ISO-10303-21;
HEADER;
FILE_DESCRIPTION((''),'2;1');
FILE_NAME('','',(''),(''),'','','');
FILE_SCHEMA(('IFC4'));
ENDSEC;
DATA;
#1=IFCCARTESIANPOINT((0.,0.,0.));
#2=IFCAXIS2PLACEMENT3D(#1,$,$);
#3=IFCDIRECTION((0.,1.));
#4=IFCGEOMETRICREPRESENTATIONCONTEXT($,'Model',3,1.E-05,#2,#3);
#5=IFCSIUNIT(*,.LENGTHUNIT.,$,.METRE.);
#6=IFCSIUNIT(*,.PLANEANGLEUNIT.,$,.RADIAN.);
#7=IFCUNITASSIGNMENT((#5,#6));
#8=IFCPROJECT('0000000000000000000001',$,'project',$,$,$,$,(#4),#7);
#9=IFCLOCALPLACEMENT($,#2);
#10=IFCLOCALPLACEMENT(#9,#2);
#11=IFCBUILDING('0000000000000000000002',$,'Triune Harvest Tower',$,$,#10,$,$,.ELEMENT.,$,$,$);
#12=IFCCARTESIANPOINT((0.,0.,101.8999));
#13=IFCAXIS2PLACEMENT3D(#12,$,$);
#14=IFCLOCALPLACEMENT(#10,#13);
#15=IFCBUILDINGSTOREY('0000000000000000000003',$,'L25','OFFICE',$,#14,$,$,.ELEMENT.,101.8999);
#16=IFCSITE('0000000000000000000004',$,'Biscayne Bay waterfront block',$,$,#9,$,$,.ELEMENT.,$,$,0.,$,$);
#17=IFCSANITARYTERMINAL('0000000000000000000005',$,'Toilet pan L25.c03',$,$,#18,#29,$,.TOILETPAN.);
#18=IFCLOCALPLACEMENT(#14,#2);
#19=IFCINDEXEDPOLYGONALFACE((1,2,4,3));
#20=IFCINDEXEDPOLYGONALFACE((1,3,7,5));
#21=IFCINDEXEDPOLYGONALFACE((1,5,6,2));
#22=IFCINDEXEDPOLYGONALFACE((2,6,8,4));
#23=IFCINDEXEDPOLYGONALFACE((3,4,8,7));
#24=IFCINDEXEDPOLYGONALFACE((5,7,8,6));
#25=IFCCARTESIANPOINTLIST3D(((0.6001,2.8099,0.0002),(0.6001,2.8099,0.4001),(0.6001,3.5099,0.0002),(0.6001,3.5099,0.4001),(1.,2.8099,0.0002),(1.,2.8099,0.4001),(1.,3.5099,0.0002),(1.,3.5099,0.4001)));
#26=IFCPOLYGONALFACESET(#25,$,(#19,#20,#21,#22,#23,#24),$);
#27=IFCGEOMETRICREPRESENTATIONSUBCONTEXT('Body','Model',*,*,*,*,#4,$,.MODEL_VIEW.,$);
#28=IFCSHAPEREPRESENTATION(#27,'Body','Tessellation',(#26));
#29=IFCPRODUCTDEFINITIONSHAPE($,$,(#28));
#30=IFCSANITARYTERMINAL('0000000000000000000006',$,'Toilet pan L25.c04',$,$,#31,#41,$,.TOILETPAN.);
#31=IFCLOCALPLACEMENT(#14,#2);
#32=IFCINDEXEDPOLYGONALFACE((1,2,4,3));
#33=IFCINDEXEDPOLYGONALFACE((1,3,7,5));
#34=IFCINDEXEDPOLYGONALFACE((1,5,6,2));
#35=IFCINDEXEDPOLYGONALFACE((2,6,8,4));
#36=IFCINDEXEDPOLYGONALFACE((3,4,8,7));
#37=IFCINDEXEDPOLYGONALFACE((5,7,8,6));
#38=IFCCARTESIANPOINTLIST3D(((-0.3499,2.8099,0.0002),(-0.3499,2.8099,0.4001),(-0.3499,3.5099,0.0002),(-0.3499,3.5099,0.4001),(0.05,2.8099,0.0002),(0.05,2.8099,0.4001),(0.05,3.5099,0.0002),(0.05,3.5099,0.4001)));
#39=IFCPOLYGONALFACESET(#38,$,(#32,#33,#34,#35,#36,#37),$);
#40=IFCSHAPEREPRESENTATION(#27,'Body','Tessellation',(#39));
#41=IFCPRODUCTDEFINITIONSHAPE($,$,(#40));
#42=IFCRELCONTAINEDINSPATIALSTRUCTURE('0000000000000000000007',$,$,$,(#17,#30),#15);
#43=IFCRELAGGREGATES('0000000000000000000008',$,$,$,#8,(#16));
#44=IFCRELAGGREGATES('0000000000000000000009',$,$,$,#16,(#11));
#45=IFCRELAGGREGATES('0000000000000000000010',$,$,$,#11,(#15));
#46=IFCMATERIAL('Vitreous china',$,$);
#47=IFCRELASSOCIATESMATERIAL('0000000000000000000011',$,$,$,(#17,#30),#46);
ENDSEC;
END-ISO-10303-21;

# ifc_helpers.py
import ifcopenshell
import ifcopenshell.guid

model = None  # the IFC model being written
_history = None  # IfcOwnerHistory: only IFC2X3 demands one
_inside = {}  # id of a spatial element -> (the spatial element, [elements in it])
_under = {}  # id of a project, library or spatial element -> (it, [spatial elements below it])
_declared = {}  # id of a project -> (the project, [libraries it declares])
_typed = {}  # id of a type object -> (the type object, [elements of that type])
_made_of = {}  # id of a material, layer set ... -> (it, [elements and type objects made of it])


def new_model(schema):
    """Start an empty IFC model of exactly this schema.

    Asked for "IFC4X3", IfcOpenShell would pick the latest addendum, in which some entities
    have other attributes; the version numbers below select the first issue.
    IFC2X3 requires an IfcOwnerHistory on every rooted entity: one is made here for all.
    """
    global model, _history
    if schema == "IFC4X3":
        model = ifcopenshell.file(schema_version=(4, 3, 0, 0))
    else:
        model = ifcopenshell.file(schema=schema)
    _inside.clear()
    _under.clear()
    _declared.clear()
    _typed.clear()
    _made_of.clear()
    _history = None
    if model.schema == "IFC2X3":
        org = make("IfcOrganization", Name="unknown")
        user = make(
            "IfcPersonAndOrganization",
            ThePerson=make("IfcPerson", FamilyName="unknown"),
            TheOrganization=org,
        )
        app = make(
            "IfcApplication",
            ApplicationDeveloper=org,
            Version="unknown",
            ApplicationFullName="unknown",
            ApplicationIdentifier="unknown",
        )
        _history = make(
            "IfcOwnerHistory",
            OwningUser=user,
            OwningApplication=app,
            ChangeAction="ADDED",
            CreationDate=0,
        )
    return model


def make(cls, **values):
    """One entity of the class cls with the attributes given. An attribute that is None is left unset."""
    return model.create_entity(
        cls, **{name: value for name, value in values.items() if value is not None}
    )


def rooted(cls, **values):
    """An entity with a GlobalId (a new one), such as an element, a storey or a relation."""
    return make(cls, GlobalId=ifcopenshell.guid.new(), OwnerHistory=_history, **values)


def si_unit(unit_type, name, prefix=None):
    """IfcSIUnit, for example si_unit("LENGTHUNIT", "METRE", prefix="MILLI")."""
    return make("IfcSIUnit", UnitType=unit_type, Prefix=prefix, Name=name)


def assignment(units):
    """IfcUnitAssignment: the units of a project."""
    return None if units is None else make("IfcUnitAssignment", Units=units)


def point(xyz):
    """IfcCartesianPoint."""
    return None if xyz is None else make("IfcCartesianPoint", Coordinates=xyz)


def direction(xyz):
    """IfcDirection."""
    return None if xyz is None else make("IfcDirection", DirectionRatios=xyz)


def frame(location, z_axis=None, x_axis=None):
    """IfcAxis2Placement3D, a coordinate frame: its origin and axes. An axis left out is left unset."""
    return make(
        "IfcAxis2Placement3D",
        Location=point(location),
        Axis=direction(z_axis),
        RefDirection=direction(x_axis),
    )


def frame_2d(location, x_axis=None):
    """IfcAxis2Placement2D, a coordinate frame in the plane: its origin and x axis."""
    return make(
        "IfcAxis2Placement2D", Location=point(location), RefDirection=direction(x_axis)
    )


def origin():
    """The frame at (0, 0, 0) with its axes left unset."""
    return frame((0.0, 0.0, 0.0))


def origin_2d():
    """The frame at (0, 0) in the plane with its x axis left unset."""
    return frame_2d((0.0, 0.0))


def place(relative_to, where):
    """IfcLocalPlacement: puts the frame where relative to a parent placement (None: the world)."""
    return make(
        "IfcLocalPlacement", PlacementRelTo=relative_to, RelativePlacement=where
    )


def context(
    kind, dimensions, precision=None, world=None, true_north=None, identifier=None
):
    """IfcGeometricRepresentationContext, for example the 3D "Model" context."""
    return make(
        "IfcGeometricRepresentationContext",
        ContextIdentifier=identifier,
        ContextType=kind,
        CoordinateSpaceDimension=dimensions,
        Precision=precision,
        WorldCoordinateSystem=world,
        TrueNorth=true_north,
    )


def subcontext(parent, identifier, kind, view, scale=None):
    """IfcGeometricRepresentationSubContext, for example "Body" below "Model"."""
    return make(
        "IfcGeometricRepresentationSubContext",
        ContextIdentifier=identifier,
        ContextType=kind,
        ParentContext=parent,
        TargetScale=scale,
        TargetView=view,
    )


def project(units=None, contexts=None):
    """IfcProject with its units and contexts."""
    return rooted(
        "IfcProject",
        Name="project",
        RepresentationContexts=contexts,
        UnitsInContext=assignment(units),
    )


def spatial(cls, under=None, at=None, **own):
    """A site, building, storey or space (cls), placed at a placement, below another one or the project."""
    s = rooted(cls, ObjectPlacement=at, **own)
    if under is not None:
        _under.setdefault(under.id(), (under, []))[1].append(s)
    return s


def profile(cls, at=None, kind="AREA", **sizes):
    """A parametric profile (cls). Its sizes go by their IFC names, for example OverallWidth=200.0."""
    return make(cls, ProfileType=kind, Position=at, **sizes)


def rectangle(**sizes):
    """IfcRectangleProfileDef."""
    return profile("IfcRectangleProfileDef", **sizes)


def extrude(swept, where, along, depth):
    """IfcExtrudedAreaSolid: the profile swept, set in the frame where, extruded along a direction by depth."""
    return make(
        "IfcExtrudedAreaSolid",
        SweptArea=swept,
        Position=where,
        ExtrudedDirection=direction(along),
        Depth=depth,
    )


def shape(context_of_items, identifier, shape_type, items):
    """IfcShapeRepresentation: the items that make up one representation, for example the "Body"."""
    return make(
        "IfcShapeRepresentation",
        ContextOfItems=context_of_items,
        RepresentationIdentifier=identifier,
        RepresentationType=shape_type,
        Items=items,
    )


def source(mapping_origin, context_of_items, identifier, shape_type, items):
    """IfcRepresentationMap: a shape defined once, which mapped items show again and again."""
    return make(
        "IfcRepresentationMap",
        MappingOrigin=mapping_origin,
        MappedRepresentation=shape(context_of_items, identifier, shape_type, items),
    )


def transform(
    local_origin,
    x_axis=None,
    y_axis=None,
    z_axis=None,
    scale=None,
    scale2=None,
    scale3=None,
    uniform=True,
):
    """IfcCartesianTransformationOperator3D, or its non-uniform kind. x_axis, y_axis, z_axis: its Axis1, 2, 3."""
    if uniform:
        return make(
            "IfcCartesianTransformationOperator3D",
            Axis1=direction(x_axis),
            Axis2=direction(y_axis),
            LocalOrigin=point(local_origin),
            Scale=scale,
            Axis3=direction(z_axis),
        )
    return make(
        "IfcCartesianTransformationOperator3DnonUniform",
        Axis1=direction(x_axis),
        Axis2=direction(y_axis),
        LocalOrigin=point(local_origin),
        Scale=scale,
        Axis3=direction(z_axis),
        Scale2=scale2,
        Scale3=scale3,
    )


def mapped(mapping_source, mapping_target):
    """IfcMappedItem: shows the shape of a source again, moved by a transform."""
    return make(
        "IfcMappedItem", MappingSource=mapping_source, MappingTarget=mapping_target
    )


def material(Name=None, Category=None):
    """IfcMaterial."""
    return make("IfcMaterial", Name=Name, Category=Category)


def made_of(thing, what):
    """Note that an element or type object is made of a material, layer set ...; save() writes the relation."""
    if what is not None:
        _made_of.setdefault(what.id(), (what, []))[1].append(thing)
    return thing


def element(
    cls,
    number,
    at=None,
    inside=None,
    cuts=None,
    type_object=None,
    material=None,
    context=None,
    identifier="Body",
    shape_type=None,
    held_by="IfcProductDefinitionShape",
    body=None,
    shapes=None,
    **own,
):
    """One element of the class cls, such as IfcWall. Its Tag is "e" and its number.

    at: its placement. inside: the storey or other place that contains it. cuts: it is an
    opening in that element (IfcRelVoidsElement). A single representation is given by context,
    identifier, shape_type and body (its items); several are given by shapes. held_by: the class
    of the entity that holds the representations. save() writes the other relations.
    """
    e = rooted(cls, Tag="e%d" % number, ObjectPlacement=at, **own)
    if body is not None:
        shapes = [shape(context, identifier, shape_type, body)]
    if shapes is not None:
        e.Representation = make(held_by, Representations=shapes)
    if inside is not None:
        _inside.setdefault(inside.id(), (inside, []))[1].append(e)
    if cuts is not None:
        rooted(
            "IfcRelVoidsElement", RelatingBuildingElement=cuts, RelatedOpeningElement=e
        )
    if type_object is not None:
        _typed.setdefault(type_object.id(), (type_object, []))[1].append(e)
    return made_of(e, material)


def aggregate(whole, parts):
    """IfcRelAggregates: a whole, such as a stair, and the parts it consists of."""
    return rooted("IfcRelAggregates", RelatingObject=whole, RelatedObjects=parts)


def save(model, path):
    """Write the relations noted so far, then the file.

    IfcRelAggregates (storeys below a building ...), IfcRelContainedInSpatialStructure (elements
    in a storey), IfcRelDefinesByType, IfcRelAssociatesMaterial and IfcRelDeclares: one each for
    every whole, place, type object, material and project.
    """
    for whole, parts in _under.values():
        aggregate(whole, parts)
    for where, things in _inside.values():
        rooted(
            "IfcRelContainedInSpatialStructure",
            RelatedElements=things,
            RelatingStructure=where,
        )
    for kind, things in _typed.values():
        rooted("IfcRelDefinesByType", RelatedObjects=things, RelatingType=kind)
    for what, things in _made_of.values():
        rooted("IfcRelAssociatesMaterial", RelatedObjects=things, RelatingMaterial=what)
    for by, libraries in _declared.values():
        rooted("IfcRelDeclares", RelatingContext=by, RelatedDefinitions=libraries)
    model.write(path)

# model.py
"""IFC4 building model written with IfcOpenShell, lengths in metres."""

from ifc_helpers import new_model, si_unit, direction, frame, origin, origin_2d, place, context, subcontext, project, spatial, rectangle, extrude, source, transform, mapped, material, element, save


model = new_model("IFC4")

# Units and contexts
model_context = context("Model", 3, precision=1e-05, world=origin(), true_north=direction((0.0, 1.0)))
body_context = subcontext(model_context, "Body", "Model", "MODEL_VIEW")
ifc_project = project(units=[si_unit("LENGTHUNIT", "METRE"), si_unit("PLANEANGLEUNIT", "RADIAN")], contexts=[model_context])

# Site, building, storey
site_placement = place(None, origin())
site = spatial("IfcSite", under=ifc_project, at=site_placement, Name="Biscayne Bay waterfront block", CompositionType="ELEMENT", RefElevation=0.0)
building_placement = place(site_placement, origin())
building = spatial("IfcBuilding", under=site, at=building_placement, Name="Triune Harvest Tower", CompositionType="ELEMENT")
storey_placement = place(building_placement, frame((0.0, 0.0, 101.8999)))
storey = spatial("IfcBuildingStorey", under=building, at=storey_placement, Name="L25", Description="OFFICE", CompositionType="ELEMENT", Elevation=101.8999)

# Sanitary terminals
ifc_material_1 = material(Name="Vitreous china")
shared_shape_1 = source(origin(), body_context, "Body", "SweptSolid", [
    extrude(rectangle(XDim=0.3999, YDim=0.7, at=origin_2d()), origin(), (0.0, 0.0, 1.0), 0.3999),
])
for number, where, z_axis, x_axis, name in (
    (1, (0.8, 3.1599, 0.0002), (0.0, 0.0, 1.0), (-1.0, 0.0, 0.0), "Toilet pan L25.c03"),
    (2, (-0.1499, 3.1599, 0.0002), (0.0, 0.0, 1.0), (-1.0, 0.0, 0.0), "Toilet pan L25.c04"),
):
    element("IfcSanitaryTerminal", number, at=place(storey_placement, frame(where, z_axis=z_axis, x_axis=x_axis)), inside=storey, material=ifc_material_1, Name=name, PredefinedType="TOILETPAN", context=body_context, shape_type="MappedRepresentation", body=[
        mapped(shared_shape_1, transform((0.0, 0.0, 0.0), scale=1.0)),
    ])

save(model, "model.ifc")
